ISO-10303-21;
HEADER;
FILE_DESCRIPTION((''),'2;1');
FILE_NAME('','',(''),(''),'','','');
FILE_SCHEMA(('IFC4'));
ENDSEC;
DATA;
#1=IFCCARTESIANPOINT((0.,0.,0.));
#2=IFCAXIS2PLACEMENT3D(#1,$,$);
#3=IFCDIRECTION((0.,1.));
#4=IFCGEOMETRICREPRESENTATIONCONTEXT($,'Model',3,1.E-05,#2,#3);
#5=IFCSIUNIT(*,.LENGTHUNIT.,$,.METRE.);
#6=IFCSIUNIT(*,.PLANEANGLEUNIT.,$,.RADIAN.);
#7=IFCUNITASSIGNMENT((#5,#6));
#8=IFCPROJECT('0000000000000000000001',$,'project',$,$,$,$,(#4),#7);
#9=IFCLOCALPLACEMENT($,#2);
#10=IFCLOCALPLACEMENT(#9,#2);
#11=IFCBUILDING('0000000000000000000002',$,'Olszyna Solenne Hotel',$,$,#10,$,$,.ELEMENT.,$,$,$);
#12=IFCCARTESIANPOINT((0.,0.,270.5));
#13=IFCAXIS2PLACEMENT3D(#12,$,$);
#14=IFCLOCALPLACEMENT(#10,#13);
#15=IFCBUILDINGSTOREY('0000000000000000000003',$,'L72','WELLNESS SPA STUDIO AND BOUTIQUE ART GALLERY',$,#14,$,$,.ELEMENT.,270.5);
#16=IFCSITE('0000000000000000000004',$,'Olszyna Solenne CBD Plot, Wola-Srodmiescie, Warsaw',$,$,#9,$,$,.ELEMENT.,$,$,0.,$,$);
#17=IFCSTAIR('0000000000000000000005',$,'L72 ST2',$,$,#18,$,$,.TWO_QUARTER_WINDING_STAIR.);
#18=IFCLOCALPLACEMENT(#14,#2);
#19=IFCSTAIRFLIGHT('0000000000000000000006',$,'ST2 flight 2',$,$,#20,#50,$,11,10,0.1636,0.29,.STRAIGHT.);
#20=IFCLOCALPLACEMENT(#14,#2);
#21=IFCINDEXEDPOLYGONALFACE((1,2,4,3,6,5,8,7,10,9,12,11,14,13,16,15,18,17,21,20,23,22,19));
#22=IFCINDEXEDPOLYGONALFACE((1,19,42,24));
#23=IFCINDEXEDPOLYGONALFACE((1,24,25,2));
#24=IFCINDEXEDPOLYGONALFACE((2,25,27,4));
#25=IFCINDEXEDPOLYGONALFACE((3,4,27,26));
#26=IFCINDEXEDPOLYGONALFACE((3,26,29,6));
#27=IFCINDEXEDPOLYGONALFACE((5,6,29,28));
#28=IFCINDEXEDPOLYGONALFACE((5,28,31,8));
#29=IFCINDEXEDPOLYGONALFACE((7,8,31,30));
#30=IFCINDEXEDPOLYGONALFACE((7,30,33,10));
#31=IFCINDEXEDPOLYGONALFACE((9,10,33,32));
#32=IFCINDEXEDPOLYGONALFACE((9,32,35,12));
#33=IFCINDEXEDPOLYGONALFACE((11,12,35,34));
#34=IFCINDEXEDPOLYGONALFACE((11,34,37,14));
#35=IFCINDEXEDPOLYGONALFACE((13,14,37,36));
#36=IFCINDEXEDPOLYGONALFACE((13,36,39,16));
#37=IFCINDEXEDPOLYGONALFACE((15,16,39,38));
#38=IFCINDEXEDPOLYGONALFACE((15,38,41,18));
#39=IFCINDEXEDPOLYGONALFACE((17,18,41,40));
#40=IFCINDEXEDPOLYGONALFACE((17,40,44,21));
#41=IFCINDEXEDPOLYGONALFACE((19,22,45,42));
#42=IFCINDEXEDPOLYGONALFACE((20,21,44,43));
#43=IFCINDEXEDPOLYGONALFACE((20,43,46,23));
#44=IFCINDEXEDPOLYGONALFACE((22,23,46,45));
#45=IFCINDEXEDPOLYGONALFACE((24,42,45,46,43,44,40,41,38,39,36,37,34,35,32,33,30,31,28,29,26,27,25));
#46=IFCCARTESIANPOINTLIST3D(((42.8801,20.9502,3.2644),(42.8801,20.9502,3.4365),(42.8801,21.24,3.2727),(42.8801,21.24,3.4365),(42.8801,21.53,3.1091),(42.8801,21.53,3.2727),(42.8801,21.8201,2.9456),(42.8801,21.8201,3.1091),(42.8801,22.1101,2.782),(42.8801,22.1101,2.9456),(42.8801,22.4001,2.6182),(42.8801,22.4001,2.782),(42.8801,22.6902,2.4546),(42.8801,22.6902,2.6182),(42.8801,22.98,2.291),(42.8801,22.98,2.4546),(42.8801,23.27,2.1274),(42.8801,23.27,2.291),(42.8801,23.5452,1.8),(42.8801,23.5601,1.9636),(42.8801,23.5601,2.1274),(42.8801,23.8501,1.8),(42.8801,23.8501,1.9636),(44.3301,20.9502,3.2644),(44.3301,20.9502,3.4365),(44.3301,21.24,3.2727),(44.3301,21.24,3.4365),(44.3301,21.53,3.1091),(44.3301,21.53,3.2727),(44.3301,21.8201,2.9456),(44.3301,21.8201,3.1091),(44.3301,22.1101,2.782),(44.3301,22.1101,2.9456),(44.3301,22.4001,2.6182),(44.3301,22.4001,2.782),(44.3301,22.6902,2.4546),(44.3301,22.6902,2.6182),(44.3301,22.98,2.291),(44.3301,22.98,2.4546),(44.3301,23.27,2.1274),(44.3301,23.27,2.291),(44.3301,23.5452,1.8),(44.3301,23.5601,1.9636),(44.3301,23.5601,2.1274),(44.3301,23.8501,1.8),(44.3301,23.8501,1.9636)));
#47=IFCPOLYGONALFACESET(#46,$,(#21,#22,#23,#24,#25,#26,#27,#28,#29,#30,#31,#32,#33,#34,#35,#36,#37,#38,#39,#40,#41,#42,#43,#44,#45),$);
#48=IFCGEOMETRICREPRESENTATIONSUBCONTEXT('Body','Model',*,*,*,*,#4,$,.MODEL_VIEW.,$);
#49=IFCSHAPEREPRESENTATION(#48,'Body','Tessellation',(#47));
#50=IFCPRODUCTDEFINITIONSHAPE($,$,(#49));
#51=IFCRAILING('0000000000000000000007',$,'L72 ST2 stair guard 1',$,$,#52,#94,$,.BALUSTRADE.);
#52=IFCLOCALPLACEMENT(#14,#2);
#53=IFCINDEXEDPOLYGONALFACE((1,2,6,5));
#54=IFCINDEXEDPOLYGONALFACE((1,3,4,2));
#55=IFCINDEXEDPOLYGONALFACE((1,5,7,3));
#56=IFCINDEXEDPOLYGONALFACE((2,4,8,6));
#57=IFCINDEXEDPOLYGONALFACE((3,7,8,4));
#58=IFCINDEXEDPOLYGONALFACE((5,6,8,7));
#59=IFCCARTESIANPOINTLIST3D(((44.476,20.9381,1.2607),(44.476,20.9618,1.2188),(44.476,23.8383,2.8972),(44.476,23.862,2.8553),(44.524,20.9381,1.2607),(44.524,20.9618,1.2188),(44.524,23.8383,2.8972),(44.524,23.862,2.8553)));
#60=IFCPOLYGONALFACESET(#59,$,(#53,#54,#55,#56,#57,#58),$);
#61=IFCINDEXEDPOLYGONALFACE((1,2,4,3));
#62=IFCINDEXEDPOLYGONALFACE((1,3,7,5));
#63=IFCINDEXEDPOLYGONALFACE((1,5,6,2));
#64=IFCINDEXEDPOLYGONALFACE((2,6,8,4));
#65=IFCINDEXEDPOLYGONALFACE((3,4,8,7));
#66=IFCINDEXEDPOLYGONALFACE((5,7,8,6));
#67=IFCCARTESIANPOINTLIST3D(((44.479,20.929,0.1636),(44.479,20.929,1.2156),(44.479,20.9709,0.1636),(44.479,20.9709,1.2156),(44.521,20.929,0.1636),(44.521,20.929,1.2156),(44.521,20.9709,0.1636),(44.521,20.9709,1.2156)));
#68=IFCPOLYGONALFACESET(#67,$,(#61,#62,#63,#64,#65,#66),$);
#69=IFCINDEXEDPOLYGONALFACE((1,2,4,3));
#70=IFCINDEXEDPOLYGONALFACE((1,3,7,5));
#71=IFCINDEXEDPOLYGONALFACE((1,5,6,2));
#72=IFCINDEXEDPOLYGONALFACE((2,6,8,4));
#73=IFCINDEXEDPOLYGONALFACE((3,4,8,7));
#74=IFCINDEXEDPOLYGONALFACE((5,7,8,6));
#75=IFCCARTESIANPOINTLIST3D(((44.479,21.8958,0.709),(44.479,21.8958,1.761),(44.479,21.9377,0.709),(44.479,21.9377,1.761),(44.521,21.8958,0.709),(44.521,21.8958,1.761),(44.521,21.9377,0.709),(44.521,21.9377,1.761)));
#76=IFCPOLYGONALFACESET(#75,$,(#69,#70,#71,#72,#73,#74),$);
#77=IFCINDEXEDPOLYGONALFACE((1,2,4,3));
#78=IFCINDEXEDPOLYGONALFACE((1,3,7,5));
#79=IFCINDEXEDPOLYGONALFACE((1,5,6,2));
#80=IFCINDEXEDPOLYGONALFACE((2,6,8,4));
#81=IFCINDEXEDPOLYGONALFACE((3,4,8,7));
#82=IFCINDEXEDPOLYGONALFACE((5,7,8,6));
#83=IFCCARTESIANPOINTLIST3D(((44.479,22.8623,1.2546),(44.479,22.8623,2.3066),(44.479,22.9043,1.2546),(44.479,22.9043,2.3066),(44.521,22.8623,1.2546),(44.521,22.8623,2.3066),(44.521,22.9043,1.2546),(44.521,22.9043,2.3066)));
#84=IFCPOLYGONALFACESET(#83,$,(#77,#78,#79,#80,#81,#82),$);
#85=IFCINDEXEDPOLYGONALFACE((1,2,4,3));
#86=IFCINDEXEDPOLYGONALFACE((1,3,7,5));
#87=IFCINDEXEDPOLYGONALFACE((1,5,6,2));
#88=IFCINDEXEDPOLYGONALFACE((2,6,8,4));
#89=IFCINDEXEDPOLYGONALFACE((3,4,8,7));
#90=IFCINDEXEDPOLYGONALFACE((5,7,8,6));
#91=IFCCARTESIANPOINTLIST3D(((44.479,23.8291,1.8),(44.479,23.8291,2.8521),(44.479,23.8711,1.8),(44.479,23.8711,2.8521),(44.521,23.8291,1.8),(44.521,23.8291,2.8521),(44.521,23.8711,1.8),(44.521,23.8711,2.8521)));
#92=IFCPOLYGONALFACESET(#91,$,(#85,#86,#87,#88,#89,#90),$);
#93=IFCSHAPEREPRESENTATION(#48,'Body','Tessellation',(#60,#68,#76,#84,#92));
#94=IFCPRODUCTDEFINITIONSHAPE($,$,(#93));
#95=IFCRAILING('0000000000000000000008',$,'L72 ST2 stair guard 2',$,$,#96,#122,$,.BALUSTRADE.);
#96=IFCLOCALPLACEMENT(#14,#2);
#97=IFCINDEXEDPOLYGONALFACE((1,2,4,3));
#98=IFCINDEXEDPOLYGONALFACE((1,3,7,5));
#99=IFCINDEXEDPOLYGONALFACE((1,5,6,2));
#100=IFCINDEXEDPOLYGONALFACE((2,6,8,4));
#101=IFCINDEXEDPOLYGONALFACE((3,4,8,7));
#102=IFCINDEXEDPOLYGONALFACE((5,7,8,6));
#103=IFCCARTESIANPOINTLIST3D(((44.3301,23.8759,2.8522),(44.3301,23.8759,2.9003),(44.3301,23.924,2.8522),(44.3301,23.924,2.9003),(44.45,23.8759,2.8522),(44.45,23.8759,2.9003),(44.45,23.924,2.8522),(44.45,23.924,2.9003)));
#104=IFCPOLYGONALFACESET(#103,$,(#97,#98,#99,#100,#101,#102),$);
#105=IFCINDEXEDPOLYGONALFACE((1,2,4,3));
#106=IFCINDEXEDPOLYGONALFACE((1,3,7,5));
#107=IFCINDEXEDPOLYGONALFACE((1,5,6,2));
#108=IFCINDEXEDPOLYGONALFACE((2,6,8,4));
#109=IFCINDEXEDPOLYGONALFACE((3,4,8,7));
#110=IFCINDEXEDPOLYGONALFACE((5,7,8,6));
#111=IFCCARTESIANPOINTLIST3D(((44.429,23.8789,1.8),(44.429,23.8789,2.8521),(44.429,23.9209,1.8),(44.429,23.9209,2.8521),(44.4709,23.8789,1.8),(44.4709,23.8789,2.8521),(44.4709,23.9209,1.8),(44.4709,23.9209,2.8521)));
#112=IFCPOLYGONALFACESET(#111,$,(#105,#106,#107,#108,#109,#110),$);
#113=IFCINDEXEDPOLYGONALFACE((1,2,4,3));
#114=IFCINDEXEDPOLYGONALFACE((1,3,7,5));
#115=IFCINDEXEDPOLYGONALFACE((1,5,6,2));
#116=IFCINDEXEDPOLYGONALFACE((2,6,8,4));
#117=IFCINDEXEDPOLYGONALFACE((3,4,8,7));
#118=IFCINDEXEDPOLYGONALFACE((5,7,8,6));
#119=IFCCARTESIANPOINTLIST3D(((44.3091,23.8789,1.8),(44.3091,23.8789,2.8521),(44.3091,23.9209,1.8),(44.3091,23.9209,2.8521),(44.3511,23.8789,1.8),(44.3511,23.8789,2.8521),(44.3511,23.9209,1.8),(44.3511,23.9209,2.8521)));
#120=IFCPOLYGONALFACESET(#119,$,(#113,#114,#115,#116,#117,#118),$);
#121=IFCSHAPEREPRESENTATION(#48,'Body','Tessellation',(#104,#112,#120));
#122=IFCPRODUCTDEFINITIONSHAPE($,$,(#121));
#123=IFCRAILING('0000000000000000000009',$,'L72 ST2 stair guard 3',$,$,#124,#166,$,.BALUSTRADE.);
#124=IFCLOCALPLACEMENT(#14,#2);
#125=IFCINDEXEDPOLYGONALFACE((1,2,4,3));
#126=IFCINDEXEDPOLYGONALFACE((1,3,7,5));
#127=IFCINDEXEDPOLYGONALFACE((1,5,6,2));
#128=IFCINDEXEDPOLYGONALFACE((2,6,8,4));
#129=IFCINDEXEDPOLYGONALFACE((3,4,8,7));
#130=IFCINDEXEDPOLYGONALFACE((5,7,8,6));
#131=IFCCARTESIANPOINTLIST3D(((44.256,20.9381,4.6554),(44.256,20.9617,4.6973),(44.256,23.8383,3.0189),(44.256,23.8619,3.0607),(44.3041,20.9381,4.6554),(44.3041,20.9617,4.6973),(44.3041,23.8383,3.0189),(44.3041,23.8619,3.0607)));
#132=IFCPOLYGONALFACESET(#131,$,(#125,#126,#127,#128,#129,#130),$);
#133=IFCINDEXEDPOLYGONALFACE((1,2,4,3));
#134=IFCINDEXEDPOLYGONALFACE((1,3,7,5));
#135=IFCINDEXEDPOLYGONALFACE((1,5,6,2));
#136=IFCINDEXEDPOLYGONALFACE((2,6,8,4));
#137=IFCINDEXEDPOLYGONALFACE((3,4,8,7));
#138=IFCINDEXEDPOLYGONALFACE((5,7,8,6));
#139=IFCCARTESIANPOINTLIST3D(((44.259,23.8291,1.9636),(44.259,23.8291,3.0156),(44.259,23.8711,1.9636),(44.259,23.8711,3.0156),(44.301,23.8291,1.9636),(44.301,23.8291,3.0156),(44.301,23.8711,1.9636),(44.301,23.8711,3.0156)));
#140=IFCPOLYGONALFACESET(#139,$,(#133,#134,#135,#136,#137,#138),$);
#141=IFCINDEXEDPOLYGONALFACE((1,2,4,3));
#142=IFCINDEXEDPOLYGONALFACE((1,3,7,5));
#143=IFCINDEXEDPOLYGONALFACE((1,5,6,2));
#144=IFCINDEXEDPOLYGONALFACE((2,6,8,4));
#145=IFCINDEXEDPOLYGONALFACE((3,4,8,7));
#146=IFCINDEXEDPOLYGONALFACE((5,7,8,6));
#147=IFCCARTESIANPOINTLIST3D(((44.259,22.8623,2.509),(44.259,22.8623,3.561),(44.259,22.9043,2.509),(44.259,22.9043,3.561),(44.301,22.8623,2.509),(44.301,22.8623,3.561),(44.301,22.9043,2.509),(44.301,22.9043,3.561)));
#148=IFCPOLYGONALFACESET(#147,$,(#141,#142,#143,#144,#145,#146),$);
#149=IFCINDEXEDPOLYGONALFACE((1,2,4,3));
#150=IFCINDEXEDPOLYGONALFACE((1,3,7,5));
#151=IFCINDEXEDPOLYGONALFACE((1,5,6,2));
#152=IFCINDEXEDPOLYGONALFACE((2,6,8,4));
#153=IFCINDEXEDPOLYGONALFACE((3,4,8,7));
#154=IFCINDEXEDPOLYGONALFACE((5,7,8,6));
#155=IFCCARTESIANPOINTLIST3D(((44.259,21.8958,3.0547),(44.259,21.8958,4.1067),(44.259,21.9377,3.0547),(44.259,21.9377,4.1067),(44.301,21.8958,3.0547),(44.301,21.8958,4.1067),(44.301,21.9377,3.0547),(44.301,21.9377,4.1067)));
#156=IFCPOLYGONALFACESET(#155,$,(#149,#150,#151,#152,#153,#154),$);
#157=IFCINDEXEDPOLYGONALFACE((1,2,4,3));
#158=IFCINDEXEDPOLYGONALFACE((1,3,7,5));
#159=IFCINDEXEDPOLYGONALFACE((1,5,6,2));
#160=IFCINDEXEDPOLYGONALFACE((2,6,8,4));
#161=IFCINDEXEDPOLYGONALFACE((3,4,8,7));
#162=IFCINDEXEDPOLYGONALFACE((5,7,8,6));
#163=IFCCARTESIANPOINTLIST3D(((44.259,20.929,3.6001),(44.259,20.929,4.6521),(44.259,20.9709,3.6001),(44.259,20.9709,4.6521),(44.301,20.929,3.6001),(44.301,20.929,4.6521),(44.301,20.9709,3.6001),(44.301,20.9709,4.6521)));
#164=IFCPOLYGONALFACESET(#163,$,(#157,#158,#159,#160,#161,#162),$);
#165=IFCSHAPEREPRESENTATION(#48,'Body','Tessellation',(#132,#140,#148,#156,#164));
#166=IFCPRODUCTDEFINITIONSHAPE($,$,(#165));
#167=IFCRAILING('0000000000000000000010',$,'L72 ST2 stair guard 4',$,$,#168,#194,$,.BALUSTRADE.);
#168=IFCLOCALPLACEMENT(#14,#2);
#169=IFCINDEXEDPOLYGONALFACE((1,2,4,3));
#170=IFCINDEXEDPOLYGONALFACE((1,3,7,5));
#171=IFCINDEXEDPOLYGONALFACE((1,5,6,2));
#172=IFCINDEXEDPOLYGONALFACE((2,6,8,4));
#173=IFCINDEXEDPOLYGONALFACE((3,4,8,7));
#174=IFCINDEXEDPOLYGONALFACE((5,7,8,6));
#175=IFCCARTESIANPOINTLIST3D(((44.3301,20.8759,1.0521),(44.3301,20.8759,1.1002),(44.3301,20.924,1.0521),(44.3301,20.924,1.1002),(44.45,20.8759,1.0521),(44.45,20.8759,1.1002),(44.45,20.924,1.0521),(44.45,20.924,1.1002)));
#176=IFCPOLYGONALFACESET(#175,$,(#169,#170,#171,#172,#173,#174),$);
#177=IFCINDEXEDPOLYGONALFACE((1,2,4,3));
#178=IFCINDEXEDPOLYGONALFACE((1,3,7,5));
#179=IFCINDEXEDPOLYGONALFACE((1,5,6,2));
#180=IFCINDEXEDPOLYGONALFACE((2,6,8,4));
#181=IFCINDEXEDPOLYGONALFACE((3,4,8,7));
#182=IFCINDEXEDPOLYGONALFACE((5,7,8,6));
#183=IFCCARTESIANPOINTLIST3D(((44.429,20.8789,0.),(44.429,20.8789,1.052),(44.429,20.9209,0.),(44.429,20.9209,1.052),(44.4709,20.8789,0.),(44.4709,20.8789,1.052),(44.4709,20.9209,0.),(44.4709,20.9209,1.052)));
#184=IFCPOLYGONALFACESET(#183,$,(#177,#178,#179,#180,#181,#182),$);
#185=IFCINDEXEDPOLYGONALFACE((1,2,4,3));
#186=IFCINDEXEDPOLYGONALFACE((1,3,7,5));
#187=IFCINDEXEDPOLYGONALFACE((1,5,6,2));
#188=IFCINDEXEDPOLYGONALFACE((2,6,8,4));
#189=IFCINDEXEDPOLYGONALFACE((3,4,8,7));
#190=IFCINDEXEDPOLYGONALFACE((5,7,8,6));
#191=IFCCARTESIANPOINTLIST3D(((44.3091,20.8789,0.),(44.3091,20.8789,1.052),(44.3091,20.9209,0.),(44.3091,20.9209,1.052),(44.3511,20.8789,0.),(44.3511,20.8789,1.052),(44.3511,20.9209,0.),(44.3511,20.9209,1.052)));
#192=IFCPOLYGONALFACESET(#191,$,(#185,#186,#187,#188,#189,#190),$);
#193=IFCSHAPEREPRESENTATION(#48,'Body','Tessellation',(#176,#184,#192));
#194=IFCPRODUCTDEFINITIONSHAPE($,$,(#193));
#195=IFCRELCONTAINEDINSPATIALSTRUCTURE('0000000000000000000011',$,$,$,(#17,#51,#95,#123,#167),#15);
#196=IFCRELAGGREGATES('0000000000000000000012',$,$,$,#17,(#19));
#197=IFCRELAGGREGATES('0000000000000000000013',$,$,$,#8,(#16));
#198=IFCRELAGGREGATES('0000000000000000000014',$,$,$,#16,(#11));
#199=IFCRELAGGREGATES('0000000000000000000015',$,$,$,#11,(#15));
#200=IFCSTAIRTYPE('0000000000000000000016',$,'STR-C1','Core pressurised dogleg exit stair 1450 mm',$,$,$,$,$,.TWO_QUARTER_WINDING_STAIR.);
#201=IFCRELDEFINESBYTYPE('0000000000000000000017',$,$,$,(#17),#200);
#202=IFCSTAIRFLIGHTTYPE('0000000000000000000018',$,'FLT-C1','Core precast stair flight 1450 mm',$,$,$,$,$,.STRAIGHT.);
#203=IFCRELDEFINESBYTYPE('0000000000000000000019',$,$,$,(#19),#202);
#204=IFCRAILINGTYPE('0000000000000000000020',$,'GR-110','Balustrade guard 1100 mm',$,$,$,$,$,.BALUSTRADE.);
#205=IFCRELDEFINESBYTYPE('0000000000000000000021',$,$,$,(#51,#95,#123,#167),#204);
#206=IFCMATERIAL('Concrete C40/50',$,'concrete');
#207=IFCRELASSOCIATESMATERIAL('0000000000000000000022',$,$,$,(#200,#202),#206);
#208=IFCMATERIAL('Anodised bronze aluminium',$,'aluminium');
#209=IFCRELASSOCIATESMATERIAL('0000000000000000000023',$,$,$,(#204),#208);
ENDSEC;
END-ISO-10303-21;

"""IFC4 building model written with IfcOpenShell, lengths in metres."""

from ifc_helpers import new_model, si_unit, direction, frame, origin, origin_2d, place, context, subcontext, project, spatial, polyline, rectangle, outline, extrude, material, type_object, element, aggregate, save


model = new_model("IFC4")

# Units and contexts
model_context = context("Model", 3, precision=1e-05, world=origin(), true_north=direction((0.0, 1.0)))
body_context = subcontext(model_context, "Body", "Model", "MODEL_VIEW")
ifc_project = project(units=[si_unit("LENGTHUNIT", "METRE"), si_unit("PLANEANGLEUNIT", "RADIAN")], contexts=[model_context])

# Site, building, storey
site_placement = place(None, origin())
site = spatial("IfcSite", under=ifc_project, at=site_placement, Name="Olszyna Solenne CBD Plot, Wola-Srodmiescie, Warsaw", CompositionType="ELEMENT", RefElevation=0.0)
building_placement = place(site_placement, origin())
building = spatial("IfcBuilding", under=site, at=building_placement, Name="Olszyna Solenne Hotel", CompositionType="ELEMENT")
storey_placement = place(building_placement, frame((0.0, 0.0, 270.5)))
storey = spatial("IfcBuildingStorey", under=building, at=storey_placement, Name="L72", Description="WELLNESS SPA STUDIO AND BOUTIQUE ART GALLERY", CompositionType="ELEMENT", Elevation=270.5)

# Shared definitions
ifc_material_1 = material(Name="Anodised bronze aluminium", Category="aluminium")

# Stair, stair flight
ifc_material_2 = material(Name="Concrete C40/50", Category="concrete")
stair_type = type_object("IfcStairType", Name="STR-C1", Description="Core pressurised dogleg exit stair 1450 mm", PredefinedType="TWO_QUARTER_WINDING_STAIR", material=ifc_material_2)
stair_placement = place(storey_placement, origin())
stair = element("IfcStair", 1, at=stair_placement, inside=storey, type_object=stair_type, Name="L72 ST2", PredefinedType="TWO_QUARTER_WINDING_STAIR")
stair_flight_type = type_object("IfcStairFlightType", Name="FLT-C1", Description="Core precast stair flight 1450 mm", PredefinedType="STRAIGHT", material=ifc_material_2)
stair_flight_1_placement = place(storey_placement, frame((43.605, 23.8501, 1.8), z_axis=(0.0, 0.0, 1.0), x_axis=(0.0, -1.0, 0.0)))
stair_flight_1 = element("IfcStairFlight", 2, at=stair_flight_1_placement, type_object=stair_flight_type, Name="ST2 flight 2", NumberOfRisers=11, NumberOfTreads=10, PredefinedType="STRAIGHT", RiserHeight=0.1636, TreadLength=0.29, context=body_context, shape_type="SweptSolid", body=[
    extrude(outline(polyline([(0.0, 0.0), (0.0, 0.1636), (0.29, 0.1636), (0.29, 0.3274), (0.5801, 0.3274), (0.5801, 0.491), (0.8701, 0.491), (0.8701, 0.6545), (1.1599, 0.6545), (1.1599, 0.8181), (1.45, 0.8181), (1.45, 0.9819), (1.74, 0.9819), (1.74, 1.1455), (2.03, 1.1455), (2.03, 1.3091), (2.3201, 1.3091), (2.3201, 1.4727), (2.6101, 1.4727), (2.6101, 1.6365), (2.8999, 1.6365), (2.8999, 1.8), (2.8999, 1.4644), (0.3049, 0.0), (0.0, 0.0)])), frame((0.0, 0.7251, 0.0), z_axis=(0.0, -1.0, 0.0), x_axis=(1.0, 0.0, 0.0)), (0.0, 0.0, 1.0), 1.45),
])
aggregate(stair, [stair_flight_1])

# Railings
railing_type_1 = type_object("IfcRailingType", Name="GR-110", Description="Balustrade guard 1100 mm", PredefinedType="BALUSTRADE", material=ifc_material_1)
railing_1_placement = place(storey_placement, frame((44.5, 20.95, 0.1636)))
element("IfcRailing", 3, at=railing_1_placement, inside=storey, type_object=railing_type_1, Name="L72 ST2 stair guard 1", PredefinedType="BALUSTRADE", context=body_context, shape_type="SweptSolid", body=[
    extrude(rectangle(XDim=0.0481, YDim=0.0481, at=origin_2d()), frame((0.0, 0.0, 1.0762), z_axis=(0.0, 0.870915, 0.491434), x_axis=(-1.0, 0.0, 0.0)), (0.0, 0.0, 1.0), 3.3301),
    extrude(rectangle(XDim=0.042, YDim=0.042, at=origin_2d()), origin(), (0.0, 0.0, 1.0), 1.052),
    extrude(rectangle(XDim=0.042, YDim=0.042, at=origin_2d()), frame((0.0, 0.9668, 0.5454)), (0.0, 0.0, 1.0), 1.052),
    extrude(rectangle(XDim=0.042, YDim=0.042, at=origin_2d()), frame((0.0, 1.9333, 1.0911)), (0.0, 0.0, 1.0), 1.052),
    extrude(rectangle(XDim=0.042, YDim=0.042, at=origin_2d()), frame((0.0, 2.9001, 1.6365)), (0.0, 0.0, 1.0), 1.052),
])
railing_2_placement = place(storey_placement, frame((44.45, 23.8999, 1.8)))
element("IfcRailing", 4, at=railing_2_placement, inside=storey, type_object=railing_type_1, Name="L72 ST2 stair guard 2", PredefinedType="BALUSTRADE", context=body_context, shape_type="SweptSolid", body=[
    extrude(rectangle(XDim=0.0481, YDim=0.0481, at=origin_2d()), frame((0.0, 0.0, 1.0762), z_axis=(-1.0, 0.0, 0.0), x_axis=(0.0, -1.0, 0.0)), (0.0, 0.0, 1.0), 0.1199),
    extrude(rectangle(XDim=0.042, YDim=0.042, at=origin_2d()), origin(), (0.0, 0.0, 1.0), 1.052),
    extrude(rectangle(XDim=0.042, YDim=0.042, at=origin_2d()), frame((-0.1199, 0.0, 0.0)), (0.0, 0.0, 1.0), 1.052),
])
railing_3_placement = place(storey_placement, frame((44.28, 23.8501, 1.9636)))
element("IfcRailing", 5, at=railing_3_placement, inside=storey, type_object=railing_type_1, Name="L72 ST2 stair guard 3", PredefinedType="BALUSTRADE", context=body_context, shape_type="SweptSolid", body=[
    extrude(rectangle(XDim=0.0481, YDim=0.0481, at=origin_2d()), frame((0.0, 0.0, 1.0762), z_axis=(0.0, -0.870915, 0.491434), x_axis=(1.0, 0.0, 0.0)), (0.0, 0.0, 1.0), 3.3301),
    extrude(rectangle(XDim=0.042, YDim=0.042, at=origin_2d()), origin(), (0.0, 0.0, 1.0), 1.052),
    extrude(rectangle(XDim=0.042, YDim=0.042, at=origin_2d()), frame((0.0, -0.9668, 0.5454)), (0.0, 0.0, 1.0), 1.052),
    extrude(rectangle(XDim=0.042, YDim=0.042, at=origin_2d()), frame((0.0, -1.9333, 1.0911)), (0.0, 0.0, 1.0), 1.052),
    extrude(rectangle(XDim=0.042, YDim=0.042, at=origin_2d()), frame((0.0, -2.9001, 1.6365)), (0.0, 0.0, 1.0), 1.052),
])
railing_4_placement = place(storey_placement, frame((44.45, 20.8999, 0.0)))
element("IfcRailing", 6, at=railing_4_placement, inside=storey, type_object=railing_type_1, Name="L72 ST2 stair guard 4", PredefinedType="BALUSTRADE", context=body_context, shape_type="SweptSolid", body=[
    extrude(rectangle(XDim=0.0481, YDim=0.0481, at=origin_2d()), frame((0.0, 0.0, 1.0762), z_axis=(-1.0, 0.0, 0.0), x_axis=(0.0, -1.0, 0.0)), (0.0, 0.0, 1.0), 0.1199),
    extrude(rectangle(XDim=0.042, YDim=0.042, at=origin_2d()), origin(), (0.0, 0.0, 1.0), 1.052),
    extrude(rectangle(XDim=0.042, YDim=0.042, at=origin_2d()), frame((-0.1199, 0.0, 0.0)), (0.0, 0.0, 1.0), 1.052),
])

save(model, "model.ifc")
